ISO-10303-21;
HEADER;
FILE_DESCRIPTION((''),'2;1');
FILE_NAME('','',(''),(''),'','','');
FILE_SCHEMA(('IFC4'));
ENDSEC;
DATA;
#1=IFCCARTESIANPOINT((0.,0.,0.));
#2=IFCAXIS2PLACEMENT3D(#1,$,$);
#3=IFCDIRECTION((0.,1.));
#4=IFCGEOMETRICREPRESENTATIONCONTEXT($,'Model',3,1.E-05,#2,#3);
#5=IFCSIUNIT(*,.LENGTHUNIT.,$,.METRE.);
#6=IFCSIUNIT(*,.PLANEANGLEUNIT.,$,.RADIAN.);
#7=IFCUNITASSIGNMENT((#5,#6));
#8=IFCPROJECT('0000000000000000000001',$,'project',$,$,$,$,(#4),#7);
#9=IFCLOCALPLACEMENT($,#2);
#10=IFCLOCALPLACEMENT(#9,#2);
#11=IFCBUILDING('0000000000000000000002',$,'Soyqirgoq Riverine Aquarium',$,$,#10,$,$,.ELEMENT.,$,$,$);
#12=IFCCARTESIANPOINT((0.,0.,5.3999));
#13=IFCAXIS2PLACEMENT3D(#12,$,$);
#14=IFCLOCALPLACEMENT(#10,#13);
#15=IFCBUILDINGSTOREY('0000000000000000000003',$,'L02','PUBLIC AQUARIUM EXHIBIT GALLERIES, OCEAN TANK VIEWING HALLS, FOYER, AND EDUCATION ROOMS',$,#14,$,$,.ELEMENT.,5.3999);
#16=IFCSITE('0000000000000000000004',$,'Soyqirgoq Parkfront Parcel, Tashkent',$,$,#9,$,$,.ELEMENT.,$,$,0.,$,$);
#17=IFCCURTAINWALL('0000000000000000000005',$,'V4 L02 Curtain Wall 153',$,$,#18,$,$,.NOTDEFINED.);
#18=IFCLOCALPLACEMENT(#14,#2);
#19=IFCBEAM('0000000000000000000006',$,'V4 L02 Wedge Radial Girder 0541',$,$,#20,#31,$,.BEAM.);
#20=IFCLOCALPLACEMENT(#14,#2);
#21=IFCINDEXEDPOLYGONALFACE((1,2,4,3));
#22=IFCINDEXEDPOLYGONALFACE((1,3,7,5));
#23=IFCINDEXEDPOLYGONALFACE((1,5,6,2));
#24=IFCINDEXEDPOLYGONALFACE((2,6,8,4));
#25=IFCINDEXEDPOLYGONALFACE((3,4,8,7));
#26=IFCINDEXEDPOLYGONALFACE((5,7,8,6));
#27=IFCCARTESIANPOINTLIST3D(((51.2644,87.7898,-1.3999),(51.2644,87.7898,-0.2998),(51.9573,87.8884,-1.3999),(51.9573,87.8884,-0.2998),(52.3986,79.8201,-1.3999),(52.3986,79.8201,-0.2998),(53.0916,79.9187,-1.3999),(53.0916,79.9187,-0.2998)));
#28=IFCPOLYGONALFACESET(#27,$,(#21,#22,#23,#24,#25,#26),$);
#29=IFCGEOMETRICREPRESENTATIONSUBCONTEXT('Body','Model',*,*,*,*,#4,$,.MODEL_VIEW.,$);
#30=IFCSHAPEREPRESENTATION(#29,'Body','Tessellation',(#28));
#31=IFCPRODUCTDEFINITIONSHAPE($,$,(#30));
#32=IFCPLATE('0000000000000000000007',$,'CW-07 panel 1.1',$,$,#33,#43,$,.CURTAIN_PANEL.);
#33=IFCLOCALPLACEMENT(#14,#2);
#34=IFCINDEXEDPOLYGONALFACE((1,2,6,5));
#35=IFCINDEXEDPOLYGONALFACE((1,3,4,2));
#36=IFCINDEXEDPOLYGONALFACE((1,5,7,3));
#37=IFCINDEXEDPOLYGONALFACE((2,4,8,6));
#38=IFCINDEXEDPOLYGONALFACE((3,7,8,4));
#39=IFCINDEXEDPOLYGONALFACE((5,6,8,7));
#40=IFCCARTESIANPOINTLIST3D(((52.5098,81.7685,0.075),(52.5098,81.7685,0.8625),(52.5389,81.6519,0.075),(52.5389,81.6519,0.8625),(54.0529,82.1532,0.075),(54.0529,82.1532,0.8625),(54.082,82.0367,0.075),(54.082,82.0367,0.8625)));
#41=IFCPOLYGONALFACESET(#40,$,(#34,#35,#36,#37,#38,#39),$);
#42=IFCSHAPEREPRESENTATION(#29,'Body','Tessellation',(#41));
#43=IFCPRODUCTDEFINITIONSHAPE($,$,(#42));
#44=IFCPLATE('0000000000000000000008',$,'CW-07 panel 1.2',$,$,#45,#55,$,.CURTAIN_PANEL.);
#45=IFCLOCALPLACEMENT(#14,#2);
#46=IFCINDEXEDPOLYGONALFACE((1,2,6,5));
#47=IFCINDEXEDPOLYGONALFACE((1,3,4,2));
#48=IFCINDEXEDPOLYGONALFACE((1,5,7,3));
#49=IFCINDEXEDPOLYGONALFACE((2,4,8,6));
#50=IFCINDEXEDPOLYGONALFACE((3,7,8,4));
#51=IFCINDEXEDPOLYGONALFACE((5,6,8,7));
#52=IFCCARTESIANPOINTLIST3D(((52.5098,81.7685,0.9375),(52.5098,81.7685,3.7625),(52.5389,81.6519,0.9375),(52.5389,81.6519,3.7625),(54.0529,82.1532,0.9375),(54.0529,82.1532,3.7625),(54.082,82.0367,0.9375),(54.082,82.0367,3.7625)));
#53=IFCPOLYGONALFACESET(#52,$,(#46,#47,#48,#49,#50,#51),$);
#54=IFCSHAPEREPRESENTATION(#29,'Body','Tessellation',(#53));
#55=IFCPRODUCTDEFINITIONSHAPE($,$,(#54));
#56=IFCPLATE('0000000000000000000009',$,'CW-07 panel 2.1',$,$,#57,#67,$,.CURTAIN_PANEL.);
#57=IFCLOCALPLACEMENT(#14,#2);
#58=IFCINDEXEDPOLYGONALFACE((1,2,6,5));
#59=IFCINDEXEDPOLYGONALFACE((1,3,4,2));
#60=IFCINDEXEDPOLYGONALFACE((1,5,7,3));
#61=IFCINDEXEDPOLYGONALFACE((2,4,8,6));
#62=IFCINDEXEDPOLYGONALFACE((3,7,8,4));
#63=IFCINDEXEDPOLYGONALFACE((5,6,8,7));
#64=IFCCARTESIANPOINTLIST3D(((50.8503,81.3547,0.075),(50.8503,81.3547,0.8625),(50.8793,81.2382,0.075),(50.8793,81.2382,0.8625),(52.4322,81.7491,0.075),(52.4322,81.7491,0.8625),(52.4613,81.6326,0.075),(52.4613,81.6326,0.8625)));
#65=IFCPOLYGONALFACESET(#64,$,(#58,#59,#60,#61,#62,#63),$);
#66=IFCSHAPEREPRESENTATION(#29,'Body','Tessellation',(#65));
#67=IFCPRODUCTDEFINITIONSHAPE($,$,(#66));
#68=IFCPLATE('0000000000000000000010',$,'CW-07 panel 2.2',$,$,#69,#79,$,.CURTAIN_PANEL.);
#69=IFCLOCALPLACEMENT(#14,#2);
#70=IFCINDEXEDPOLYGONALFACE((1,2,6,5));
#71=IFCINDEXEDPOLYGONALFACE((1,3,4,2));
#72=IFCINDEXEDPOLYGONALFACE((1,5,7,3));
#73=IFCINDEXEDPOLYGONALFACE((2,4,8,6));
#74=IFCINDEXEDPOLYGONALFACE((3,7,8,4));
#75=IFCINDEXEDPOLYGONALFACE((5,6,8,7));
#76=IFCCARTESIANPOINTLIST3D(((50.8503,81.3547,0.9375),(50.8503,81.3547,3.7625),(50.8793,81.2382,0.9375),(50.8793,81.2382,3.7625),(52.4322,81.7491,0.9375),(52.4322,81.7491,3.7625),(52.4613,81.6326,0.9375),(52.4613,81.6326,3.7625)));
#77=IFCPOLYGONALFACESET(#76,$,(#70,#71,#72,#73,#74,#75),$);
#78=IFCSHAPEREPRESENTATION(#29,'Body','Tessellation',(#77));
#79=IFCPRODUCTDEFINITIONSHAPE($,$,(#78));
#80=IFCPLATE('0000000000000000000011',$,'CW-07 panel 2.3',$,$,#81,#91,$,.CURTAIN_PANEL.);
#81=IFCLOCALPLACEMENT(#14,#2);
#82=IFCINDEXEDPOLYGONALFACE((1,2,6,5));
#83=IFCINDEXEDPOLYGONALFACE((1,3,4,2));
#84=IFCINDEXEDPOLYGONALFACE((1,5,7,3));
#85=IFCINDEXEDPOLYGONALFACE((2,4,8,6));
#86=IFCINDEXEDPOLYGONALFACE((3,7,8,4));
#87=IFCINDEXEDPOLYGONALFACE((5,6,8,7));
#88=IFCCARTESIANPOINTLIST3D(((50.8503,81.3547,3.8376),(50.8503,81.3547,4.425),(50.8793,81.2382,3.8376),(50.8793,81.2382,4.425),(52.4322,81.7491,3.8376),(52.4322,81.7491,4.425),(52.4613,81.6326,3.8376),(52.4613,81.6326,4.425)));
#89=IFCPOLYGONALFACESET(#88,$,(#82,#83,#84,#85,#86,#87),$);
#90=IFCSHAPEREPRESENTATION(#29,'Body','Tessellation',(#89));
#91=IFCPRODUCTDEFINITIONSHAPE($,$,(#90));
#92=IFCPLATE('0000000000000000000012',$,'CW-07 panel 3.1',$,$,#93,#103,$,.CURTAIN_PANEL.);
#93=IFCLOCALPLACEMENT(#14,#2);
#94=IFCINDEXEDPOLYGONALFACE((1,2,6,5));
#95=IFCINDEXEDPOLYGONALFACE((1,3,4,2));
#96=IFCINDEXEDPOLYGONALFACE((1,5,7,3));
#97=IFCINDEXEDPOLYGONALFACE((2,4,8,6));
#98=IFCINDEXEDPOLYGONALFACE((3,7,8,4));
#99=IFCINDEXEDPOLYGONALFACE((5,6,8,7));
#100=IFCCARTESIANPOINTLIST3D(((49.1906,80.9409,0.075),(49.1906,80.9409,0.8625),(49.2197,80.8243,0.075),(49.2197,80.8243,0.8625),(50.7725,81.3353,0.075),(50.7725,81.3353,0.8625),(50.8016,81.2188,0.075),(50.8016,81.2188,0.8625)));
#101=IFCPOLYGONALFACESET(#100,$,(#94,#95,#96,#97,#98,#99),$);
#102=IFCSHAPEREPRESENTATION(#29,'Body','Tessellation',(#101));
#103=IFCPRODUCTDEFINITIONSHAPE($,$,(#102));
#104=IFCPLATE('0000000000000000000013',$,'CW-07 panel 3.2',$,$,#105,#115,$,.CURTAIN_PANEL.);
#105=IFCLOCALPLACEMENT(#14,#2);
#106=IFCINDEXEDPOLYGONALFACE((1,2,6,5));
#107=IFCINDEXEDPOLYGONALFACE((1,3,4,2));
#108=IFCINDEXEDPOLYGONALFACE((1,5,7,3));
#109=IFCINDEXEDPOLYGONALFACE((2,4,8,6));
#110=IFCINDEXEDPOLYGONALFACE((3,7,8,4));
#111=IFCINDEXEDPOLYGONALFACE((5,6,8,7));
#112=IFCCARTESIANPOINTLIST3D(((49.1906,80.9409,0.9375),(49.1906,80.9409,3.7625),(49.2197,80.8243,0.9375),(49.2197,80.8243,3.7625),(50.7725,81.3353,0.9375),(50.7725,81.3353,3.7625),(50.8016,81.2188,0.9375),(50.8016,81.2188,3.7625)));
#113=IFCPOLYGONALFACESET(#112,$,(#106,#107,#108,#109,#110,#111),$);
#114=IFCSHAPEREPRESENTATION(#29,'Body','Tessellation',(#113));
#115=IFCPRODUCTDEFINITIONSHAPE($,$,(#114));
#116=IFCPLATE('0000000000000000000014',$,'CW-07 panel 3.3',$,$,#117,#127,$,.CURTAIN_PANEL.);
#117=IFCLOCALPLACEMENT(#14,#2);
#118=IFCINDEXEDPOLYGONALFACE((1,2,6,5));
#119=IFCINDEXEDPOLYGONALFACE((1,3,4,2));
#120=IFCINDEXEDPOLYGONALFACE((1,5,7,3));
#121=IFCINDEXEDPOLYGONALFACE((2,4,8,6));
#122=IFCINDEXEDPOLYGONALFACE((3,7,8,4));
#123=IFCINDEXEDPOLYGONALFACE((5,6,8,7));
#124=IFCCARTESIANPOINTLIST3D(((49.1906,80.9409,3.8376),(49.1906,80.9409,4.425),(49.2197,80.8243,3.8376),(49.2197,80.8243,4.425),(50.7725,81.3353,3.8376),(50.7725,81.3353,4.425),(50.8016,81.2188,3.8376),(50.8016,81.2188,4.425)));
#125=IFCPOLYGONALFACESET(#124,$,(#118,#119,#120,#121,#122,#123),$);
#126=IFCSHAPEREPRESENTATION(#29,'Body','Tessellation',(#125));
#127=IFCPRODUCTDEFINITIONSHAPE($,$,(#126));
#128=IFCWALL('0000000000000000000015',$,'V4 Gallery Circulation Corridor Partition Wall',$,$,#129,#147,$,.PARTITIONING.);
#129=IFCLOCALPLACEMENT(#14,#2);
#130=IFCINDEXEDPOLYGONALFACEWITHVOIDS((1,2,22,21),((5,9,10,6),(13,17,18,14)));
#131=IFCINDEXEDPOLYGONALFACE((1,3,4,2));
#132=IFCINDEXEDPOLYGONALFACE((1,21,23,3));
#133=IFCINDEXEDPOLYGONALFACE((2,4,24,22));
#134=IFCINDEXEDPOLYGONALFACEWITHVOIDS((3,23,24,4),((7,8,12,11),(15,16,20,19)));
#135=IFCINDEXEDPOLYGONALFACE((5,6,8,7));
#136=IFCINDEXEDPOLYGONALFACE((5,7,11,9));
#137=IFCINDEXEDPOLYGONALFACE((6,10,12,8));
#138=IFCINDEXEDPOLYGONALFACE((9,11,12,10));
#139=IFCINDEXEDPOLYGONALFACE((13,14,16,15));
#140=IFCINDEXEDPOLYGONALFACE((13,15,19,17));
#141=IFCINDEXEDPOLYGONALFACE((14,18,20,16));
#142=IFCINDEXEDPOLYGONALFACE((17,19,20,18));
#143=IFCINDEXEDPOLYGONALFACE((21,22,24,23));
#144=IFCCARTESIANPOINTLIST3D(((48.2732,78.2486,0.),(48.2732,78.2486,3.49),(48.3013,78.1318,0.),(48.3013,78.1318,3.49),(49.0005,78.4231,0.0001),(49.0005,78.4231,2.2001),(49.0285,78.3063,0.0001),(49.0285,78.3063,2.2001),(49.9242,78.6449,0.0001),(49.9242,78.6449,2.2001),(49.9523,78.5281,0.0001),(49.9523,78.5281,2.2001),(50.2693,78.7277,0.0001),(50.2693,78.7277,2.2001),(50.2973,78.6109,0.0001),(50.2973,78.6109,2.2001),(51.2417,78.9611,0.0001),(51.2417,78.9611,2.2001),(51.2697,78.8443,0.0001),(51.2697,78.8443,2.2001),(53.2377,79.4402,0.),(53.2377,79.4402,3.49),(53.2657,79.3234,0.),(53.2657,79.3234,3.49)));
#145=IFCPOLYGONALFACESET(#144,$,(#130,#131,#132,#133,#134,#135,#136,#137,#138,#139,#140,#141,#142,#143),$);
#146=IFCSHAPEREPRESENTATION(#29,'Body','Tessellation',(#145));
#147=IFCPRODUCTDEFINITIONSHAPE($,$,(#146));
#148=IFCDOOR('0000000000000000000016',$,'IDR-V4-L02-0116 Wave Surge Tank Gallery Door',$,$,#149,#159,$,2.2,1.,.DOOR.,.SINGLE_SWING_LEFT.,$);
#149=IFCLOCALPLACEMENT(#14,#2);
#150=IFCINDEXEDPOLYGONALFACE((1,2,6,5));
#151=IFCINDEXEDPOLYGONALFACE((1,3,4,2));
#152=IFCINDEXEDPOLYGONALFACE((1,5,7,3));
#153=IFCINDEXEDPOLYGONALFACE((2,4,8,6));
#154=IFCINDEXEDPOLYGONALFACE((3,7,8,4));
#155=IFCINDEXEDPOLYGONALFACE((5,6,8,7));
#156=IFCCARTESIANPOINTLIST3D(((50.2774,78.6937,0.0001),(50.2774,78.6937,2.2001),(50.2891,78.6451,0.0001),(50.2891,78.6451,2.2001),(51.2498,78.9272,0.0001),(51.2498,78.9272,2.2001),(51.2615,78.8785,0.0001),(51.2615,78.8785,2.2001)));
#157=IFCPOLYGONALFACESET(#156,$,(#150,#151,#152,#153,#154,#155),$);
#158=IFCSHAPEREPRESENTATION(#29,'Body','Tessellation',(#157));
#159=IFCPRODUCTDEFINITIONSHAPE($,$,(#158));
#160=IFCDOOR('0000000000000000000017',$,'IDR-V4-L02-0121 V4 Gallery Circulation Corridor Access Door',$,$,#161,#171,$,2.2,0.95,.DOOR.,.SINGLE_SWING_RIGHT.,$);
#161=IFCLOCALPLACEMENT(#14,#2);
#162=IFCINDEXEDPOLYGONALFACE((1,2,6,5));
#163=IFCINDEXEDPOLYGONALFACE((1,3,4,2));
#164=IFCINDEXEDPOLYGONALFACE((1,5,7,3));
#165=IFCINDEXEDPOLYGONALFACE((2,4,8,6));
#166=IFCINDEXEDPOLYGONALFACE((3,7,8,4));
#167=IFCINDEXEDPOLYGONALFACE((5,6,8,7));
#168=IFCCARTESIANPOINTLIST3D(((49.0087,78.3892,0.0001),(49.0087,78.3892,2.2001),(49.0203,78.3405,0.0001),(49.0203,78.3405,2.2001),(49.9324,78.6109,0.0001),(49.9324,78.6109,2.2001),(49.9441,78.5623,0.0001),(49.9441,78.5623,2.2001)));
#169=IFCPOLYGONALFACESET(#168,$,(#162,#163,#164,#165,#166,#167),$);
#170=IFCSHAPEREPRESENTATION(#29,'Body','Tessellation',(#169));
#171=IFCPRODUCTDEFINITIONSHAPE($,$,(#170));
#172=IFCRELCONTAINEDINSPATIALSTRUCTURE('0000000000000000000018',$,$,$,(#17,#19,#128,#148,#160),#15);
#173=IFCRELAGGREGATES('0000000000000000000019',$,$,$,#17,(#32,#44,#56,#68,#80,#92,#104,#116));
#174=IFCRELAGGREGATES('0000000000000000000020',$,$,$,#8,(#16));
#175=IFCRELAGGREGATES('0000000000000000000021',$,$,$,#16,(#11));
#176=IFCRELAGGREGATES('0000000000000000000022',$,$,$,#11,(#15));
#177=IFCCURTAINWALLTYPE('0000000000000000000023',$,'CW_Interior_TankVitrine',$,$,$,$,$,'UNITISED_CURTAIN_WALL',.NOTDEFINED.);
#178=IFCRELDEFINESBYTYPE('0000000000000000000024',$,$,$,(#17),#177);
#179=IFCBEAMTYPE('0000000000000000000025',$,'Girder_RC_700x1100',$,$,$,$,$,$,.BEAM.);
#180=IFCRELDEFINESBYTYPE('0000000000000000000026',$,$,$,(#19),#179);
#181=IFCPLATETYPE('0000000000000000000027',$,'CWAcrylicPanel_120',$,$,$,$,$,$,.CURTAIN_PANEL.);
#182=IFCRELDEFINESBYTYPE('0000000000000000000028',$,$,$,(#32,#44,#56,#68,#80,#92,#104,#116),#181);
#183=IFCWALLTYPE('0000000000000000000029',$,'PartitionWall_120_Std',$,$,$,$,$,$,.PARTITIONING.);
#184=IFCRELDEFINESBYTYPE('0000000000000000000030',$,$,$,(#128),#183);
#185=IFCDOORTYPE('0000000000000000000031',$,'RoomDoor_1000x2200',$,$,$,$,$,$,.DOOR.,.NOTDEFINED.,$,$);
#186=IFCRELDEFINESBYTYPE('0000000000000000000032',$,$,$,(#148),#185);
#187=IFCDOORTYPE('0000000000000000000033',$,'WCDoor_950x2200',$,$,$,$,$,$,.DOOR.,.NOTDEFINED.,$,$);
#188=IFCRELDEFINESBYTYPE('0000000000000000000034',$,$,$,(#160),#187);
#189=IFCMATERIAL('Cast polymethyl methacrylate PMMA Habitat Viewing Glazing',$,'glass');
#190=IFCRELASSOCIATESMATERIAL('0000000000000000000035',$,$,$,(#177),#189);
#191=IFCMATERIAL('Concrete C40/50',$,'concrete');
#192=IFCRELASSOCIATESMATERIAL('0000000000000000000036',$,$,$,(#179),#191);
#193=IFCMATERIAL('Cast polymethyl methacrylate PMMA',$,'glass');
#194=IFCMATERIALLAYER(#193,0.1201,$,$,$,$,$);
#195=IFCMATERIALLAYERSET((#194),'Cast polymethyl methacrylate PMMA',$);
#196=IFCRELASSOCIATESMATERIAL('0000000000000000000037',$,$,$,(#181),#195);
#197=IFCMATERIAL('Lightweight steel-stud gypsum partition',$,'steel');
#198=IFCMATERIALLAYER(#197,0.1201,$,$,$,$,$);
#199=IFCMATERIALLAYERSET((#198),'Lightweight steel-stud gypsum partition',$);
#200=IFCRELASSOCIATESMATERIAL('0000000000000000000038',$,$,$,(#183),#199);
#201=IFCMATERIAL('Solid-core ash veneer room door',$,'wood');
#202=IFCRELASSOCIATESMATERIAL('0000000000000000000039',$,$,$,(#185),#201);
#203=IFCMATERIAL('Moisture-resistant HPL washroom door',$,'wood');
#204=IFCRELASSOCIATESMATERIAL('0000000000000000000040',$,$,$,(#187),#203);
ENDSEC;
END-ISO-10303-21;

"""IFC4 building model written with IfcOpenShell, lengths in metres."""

from ifc_helpers import new_model, si_unit, direction, frame, frame_2d, origin, origin_2d, place, context, subcontext, project, spatial, rectangle, extrude, material, layer, layer_set, material_profile, profile_set, type_object, element, fill, aggregate, save


model = new_model("IFC4")

# Units and contexts
model_context = context("Model", 3, precision=1e-05, world=origin(), true_north=direction((0.0, 1.0)))
body_context = subcontext(model_context, "Body", "Model", "MODEL_VIEW")
ifc_project = project(units=[si_unit("LENGTHUNIT", "METRE"), si_unit("PLANEANGLEUNIT", "RADIAN")], contexts=[model_context])

# Site, building, storey
site_placement = place(None, origin())
site = spatial("IfcSite", under=ifc_project, at=site_placement, Name="Soyqirgoq Parkfront Parcel, Tashkent", CompositionType="ELEMENT", RefElevation=0.0)
building_placement = place(site_placement, origin())
building = spatial("IfcBuilding", under=site, at=building_placement, Name="Soyqirgoq Riverine Aquarium", CompositionType="ELEMENT")
storey_placement = place(building_placement, frame((0.0, 0.0, 5.3999)))
storey = spatial("IfcBuildingStorey", under=building, at=storey_placement, Name="L02", Description="PUBLIC AQUARIUM EXHIBIT GALLERIES, OCEAN TANK VIEWING HALLS, FOYER, AND EDUCATION ROOMS", CompositionType="ELEMENT", Elevation=5.3999)

# Curtain wall
ifc_material_1 = material(Name="Cast polymethyl methacrylate PMMA Habitat Viewing Glazing", Category="glass")
curtain_wall_type = type_object("IfcCurtainWallType", Name="CW_Interior_TankVitrine", ElementType="UNITISED_CURTAIN_WALL", PredefinedType="NOTDEFINED", material=ifc_material_1)
curtain_wall_placement = place(storey_placement, origin())
curtain_wall = element("IfcCurtainWall", 1, at=curtain_wall_placement, inside=storey, type_object=curtain_wall_type, Name="V4 L02 Curtain Wall 153", PredefinedType="NOTDEFINED")

# Beam
ifc_material_2 = material(Name="Concrete C40/50", Category="concrete")
ifc_material_profile_1 = material_profile(ifc_material_2, rectangle(XDim=0.7, YDim=1.1001, at=origin_2d()), Name="RC 700x1100")
ifc_profile_set_1 = profile_set([ifc_material_profile_1], Name="Concrete C40/50")
beam_type_1 = type_object("IfcBeamType", Name="Girder_RC_700x1100", PredefinedType="BEAM", material=ifc_profile_set_1)
beam_1_placement = place(storey_placement, frame((52.7451, 79.8694, -0.8499), z_axis=(-0.140903, 0.990023, 0.0), x_axis=(-0.990023, -0.140903, 0.0)))
element("IfcBeam", 2, at=beam_1_placement, inside=storey, type_object=beam_type_1, Name="V4 L02 Wedge Radial Girder 0541", PredefinedType="BEAM", context=body_context, shape_type="SweptSolid", body=[
    extrude(rectangle(XDim=0.7, YDim=1.1001, at=origin_2d()), origin(), (0.0, 0.0, 1.0), 8.05),
])

# Plates
ifc_material_3 = material(Name="Cast polymethyl methacrylate PMMA", Category="glass")
ifc_layer_1 = layer(ifc_material_3, 0.1201)
ifc_layer_set_1 = layer_set([ifc_layer_1], Name="Cast polymethyl methacrylate PMMA")
plate_type = type_object("IfcPlateType", Name="CWAcrylicPanel_120", PredefinedType="CURTAIN_PANEL", material=ifc_layer_set_1)
plate_1_placement = place(storey_placement, frame((53.2959, 81.9026, 0.075), z_axis=(0.0, 0.0, 1.0), x_axis=(-0.970296, -0.241922, 0.0)))
plate_1 = element("IfcPlate", 3, at=plate_1_placement, type_object=plate_type, Name="CW-07 panel 1.1", PredefinedType="CURTAIN_PANEL", context=body_context, shape_type="SweptSolid", body=[
    extrude(rectangle(XDim=1.5903, YDim=0.1201, at=origin_2d()), origin(), (0.0, 0.0, 1.0), 0.7876),
])
plate_2_placement = place(storey_placement, frame((53.2959, 81.9026, 0.9375), z_axis=(0.0, 0.0, 1.0), x_axis=(-0.970296, -0.241922, 0.0)))
plate_2 = element("IfcPlate", 4, at=plate_2_placement, type_object=plate_type, Name="CW-07 panel 1.2", PredefinedType="CURTAIN_PANEL", context=body_context, shape_type="SweptSolid", body=[
    extrude(rectangle(XDim=1.5903, YDim=0.1201, at=origin_2d()), origin(), (0.0, 0.0, 1.0), 2.825),
])
plate_3_placement = place(storey_placement, frame((51.6558, 81.4937, 0.075), z_axis=(0.0, 0.0, 1.0), x_axis=(-0.970296, -0.241922, 0.0)))
plate_3 = element("IfcPlate", 5, at=plate_3_placement, type_object=plate_type, Name="CW-07 panel 2.1", PredefinedType="CURTAIN_PANEL", context=body_context, shape_type="SweptSolid", body=[
    extrude(rectangle(XDim=1.6304, YDim=0.1201, at=origin_2d()), origin(), (0.0, 0.0, 1.0), 0.7876),
])
plate_4_placement = place(storey_placement, frame((51.6558, 81.4937, 0.9375), z_axis=(0.0, 0.0, 1.0), x_axis=(-0.970296, -0.241922, 0.0)))
plate_4 = element("IfcPlate", 6, at=plate_4_placement, type_object=plate_type, Name="CW-07 panel 2.2", PredefinedType="CURTAIN_PANEL", context=body_context, shape_type="SweptSolid", body=[
    extrude(rectangle(XDim=1.6304, YDim=0.1201, at=origin_2d()), origin(), (0.0, 0.0, 1.0), 2.825),
])
plate_5_placement = place(storey_placement, frame((51.6558, 81.4937, 3.8376), z_axis=(0.0, 0.0, 1.0), x_axis=(-0.970296, -0.241922, 0.0)))
plate_5 = element("IfcPlate", 7, at=plate_5_placement, type_object=plate_type, Name="CW-07 panel 2.3", PredefinedType="CURTAIN_PANEL", context=body_context, shape_type="SweptSolid", body=[
    extrude(rectangle(XDim=1.6304, YDim=0.1201, at=origin_2d()), origin(), (0.0, 0.0, 1.0), 0.5874),
])
plate_6_placement = place(storey_placement, frame((49.9961, 81.0798, 0.075), z_axis=(0.0, 0.0, 1.0), x_axis=(-0.970296, -0.241922, 0.0)))
plate_6 = element("IfcPlate", 8, at=plate_6_placement, type_object=plate_type, Name="CW-07 panel 3.1", PredefinedType="CURTAIN_PANEL", context=body_context, shape_type="SweptSolid", body=[
    extrude(rectangle(XDim=1.6304, YDim=0.1201, at=origin_2d()), origin(), (0.0, 0.0, 1.0), 0.7876),
])
plate_7_placement = place(storey_placement, frame((49.9961, 81.0798, 0.9375), z_axis=(0.0, 0.0, 1.0), x_axis=(-0.970296, -0.241922, 0.0)))
plate_7 = element("IfcPlate", 9, at=plate_7_placement, type_object=plate_type, Name="CW-07 panel 3.2", PredefinedType="CURTAIN_PANEL", context=body_context, shape_type="SweptSolid", body=[
    extrude(rectangle(XDim=1.6304, YDim=0.1201, at=origin_2d()), origin(), (0.0, 0.0, 1.0), 2.825),
])
plate_8_placement = place(storey_placement, frame((49.9961, 81.0798, 3.8376), z_axis=(0.0, 0.0, 1.0), x_axis=(-0.970296, -0.241922, 0.0)))
plate_8 = element("IfcPlate", 10, at=plate_8_placement, type_object=plate_type, Name="CW-07 panel 3.3", PredefinedType="CURTAIN_PANEL", context=body_context, shape_type="SweptSolid", body=[
    extrude(rectangle(XDim=1.6304, YDim=0.1201, at=origin_2d()), origin(), (0.0, 0.0, 1.0), 0.5874),
])
aggregate(curtain_wall, [plate_1, plate_2, plate_3, plate_4, plate_5, plate_6, plate_7, plate_8])

# Wall, openings, doors
ifc_material_4 = material(Name="Lightweight steel-stud gypsum partition", Category="steel")
ifc_layer_2 = layer(ifc_material_4, 0.1201)
ifc_layer_set_2 = layer_set([ifc_layer_2], Name="Lightweight steel-stud gypsum partition")
wall_type = type_object("IfcWallType", Name="PartitionWall_120_Std", PredefinedType="PARTITIONING", material=ifc_layer_set_2)
wall_placement = place(storey_placement, frame((53.2517, 79.3818, 0.0), z_axis=(0.0, 0.0, 1.0), x_axis=(-0.972378, -0.233411, 0.0)))
wall = element("IfcWall", 11, at=wall_placement, inside=storey, type_object=wall_type, Name="V4 Gallery Circulation Corridor Partition Wall", PredefinedType="PARTITIONING", context=body_context, shape_type="SweptSolid", body=[
    extrude(rectangle(XDim=5.1055, YDim=0.1201, at=frame_2d((2.5527, 0.0))), origin(), (0.0, 0.0, 1.0), 3.49),
])
opening_1_placement = place(wall_placement, frame((2.0527, 0.0, 0.0)))
opening_1 = element("IfcOpeningElement", 12, at=opening_1_placement, cuts=wall, PredefinedType="OPENING", context=body_context, shape_type="SweptSolid", body=[
    extrude(rectangle(XDim=1.0, YDim=2.2, at=frame_2d((0.5, 1.1001))), frame((0.0, 0.0701, 0.0), z_axis=(0.0, -1.0, 0.0), x_axis=(1.0, 0.0, 0.0)), (0.0, 0.0, 1.0), 0.1401),
])
opening_2_placement = place(wall_placement, frame((3.4075, 0.0, 0.0)))
opening_2 = element("IfcOpeningElement", 13, at=opening_2_placement, cuts=wall, PredefinedType="OPENING", context=body_context, shape_type="SweptSolid", body=[
    extrude(rectangle(XDim=0.95, YDim=2.2, at=frame_2d((0.4751, 1.1001))), frame((0.0, 0.0701, 0.0), z_axis=(0.0, -1.0, 0.0), x_axis=(1.0, 0.0, 0.0)), (0.0, 0.0, 1.0), 0.1401),
])
ifc_material_5 = material(Name="Solid-core ash veneer room door", Category="wood")
door_type_1 = type_object("IfcDoorType", Name="RoomDoor_1000x2200", OperationType="NOTDEFINED", PredefinedType="DOOR", material=ifc_material_5)
door_1_placement = place(opening_1_placement, origin())
door_1 = element("IfcDoor", 14, at=door_1_placement, inside=storey, type_object=door_type_1, Name="IDR-V4-L02-0116 Wave Surge Tank Gallery Door", OperationType="SINGLE_SWING_LEFT", OverallHeight=2.2, OverallWidth=1.0, PredefinedType="DOOR", context=body_context, shape_type="SweptSolid", body=[
    extrude(rectangle(XDim=1.0, YDim=2.2, at=frame_2d((0.5, 1.1001))), frame((0.0, 0.0249, 0.0), z_axis=(0.0, -1.0, 0.0), x_axis=(1.0, 0.0, 0.0)), (0.0, 0.0, 1.0), 0.05),
])
fill(opening_1, door_1)
ifc_material_6 = material(Name="Moisture-resistant HPL washroom door", Category="wood")
door_type_2 = type_object("IfcDoorType", Name="WCDoor_950x2200", OperationType="NOTDEFINED", PredefinedType="DOOR", material=ifc_material_6)
door_2_placement = place(opening_2_placement, origin())
door_2 = element("IfcDoor", 15, at=door_2_placement, inside=storey, type_object=door_type_2, Name="IDR-V4-L02-0121 V4 Gallery Circulation Corridor Access Door", OperationType="SINGLE_SWING_RIGHT", OverallHeight=2.2, OverallWidth=0.95, PredefinedType="DOOR", context=body_context, shape_type="SweptSolid", body=[
    extrude(rectangle(XDim=0.95, YDim=2.2, at=frame_2d((0.4751, 1.1001))), frame((0.0, 0.0249, 0.0), z_axis=(0.0, -1.0, 0.0), x_axis=(1.0, 0.0, 0.0)), (0.0, 0.0, 1.0), 0.05),
])
fill(opening_2, door_2)

save(model, "model.ifc")
